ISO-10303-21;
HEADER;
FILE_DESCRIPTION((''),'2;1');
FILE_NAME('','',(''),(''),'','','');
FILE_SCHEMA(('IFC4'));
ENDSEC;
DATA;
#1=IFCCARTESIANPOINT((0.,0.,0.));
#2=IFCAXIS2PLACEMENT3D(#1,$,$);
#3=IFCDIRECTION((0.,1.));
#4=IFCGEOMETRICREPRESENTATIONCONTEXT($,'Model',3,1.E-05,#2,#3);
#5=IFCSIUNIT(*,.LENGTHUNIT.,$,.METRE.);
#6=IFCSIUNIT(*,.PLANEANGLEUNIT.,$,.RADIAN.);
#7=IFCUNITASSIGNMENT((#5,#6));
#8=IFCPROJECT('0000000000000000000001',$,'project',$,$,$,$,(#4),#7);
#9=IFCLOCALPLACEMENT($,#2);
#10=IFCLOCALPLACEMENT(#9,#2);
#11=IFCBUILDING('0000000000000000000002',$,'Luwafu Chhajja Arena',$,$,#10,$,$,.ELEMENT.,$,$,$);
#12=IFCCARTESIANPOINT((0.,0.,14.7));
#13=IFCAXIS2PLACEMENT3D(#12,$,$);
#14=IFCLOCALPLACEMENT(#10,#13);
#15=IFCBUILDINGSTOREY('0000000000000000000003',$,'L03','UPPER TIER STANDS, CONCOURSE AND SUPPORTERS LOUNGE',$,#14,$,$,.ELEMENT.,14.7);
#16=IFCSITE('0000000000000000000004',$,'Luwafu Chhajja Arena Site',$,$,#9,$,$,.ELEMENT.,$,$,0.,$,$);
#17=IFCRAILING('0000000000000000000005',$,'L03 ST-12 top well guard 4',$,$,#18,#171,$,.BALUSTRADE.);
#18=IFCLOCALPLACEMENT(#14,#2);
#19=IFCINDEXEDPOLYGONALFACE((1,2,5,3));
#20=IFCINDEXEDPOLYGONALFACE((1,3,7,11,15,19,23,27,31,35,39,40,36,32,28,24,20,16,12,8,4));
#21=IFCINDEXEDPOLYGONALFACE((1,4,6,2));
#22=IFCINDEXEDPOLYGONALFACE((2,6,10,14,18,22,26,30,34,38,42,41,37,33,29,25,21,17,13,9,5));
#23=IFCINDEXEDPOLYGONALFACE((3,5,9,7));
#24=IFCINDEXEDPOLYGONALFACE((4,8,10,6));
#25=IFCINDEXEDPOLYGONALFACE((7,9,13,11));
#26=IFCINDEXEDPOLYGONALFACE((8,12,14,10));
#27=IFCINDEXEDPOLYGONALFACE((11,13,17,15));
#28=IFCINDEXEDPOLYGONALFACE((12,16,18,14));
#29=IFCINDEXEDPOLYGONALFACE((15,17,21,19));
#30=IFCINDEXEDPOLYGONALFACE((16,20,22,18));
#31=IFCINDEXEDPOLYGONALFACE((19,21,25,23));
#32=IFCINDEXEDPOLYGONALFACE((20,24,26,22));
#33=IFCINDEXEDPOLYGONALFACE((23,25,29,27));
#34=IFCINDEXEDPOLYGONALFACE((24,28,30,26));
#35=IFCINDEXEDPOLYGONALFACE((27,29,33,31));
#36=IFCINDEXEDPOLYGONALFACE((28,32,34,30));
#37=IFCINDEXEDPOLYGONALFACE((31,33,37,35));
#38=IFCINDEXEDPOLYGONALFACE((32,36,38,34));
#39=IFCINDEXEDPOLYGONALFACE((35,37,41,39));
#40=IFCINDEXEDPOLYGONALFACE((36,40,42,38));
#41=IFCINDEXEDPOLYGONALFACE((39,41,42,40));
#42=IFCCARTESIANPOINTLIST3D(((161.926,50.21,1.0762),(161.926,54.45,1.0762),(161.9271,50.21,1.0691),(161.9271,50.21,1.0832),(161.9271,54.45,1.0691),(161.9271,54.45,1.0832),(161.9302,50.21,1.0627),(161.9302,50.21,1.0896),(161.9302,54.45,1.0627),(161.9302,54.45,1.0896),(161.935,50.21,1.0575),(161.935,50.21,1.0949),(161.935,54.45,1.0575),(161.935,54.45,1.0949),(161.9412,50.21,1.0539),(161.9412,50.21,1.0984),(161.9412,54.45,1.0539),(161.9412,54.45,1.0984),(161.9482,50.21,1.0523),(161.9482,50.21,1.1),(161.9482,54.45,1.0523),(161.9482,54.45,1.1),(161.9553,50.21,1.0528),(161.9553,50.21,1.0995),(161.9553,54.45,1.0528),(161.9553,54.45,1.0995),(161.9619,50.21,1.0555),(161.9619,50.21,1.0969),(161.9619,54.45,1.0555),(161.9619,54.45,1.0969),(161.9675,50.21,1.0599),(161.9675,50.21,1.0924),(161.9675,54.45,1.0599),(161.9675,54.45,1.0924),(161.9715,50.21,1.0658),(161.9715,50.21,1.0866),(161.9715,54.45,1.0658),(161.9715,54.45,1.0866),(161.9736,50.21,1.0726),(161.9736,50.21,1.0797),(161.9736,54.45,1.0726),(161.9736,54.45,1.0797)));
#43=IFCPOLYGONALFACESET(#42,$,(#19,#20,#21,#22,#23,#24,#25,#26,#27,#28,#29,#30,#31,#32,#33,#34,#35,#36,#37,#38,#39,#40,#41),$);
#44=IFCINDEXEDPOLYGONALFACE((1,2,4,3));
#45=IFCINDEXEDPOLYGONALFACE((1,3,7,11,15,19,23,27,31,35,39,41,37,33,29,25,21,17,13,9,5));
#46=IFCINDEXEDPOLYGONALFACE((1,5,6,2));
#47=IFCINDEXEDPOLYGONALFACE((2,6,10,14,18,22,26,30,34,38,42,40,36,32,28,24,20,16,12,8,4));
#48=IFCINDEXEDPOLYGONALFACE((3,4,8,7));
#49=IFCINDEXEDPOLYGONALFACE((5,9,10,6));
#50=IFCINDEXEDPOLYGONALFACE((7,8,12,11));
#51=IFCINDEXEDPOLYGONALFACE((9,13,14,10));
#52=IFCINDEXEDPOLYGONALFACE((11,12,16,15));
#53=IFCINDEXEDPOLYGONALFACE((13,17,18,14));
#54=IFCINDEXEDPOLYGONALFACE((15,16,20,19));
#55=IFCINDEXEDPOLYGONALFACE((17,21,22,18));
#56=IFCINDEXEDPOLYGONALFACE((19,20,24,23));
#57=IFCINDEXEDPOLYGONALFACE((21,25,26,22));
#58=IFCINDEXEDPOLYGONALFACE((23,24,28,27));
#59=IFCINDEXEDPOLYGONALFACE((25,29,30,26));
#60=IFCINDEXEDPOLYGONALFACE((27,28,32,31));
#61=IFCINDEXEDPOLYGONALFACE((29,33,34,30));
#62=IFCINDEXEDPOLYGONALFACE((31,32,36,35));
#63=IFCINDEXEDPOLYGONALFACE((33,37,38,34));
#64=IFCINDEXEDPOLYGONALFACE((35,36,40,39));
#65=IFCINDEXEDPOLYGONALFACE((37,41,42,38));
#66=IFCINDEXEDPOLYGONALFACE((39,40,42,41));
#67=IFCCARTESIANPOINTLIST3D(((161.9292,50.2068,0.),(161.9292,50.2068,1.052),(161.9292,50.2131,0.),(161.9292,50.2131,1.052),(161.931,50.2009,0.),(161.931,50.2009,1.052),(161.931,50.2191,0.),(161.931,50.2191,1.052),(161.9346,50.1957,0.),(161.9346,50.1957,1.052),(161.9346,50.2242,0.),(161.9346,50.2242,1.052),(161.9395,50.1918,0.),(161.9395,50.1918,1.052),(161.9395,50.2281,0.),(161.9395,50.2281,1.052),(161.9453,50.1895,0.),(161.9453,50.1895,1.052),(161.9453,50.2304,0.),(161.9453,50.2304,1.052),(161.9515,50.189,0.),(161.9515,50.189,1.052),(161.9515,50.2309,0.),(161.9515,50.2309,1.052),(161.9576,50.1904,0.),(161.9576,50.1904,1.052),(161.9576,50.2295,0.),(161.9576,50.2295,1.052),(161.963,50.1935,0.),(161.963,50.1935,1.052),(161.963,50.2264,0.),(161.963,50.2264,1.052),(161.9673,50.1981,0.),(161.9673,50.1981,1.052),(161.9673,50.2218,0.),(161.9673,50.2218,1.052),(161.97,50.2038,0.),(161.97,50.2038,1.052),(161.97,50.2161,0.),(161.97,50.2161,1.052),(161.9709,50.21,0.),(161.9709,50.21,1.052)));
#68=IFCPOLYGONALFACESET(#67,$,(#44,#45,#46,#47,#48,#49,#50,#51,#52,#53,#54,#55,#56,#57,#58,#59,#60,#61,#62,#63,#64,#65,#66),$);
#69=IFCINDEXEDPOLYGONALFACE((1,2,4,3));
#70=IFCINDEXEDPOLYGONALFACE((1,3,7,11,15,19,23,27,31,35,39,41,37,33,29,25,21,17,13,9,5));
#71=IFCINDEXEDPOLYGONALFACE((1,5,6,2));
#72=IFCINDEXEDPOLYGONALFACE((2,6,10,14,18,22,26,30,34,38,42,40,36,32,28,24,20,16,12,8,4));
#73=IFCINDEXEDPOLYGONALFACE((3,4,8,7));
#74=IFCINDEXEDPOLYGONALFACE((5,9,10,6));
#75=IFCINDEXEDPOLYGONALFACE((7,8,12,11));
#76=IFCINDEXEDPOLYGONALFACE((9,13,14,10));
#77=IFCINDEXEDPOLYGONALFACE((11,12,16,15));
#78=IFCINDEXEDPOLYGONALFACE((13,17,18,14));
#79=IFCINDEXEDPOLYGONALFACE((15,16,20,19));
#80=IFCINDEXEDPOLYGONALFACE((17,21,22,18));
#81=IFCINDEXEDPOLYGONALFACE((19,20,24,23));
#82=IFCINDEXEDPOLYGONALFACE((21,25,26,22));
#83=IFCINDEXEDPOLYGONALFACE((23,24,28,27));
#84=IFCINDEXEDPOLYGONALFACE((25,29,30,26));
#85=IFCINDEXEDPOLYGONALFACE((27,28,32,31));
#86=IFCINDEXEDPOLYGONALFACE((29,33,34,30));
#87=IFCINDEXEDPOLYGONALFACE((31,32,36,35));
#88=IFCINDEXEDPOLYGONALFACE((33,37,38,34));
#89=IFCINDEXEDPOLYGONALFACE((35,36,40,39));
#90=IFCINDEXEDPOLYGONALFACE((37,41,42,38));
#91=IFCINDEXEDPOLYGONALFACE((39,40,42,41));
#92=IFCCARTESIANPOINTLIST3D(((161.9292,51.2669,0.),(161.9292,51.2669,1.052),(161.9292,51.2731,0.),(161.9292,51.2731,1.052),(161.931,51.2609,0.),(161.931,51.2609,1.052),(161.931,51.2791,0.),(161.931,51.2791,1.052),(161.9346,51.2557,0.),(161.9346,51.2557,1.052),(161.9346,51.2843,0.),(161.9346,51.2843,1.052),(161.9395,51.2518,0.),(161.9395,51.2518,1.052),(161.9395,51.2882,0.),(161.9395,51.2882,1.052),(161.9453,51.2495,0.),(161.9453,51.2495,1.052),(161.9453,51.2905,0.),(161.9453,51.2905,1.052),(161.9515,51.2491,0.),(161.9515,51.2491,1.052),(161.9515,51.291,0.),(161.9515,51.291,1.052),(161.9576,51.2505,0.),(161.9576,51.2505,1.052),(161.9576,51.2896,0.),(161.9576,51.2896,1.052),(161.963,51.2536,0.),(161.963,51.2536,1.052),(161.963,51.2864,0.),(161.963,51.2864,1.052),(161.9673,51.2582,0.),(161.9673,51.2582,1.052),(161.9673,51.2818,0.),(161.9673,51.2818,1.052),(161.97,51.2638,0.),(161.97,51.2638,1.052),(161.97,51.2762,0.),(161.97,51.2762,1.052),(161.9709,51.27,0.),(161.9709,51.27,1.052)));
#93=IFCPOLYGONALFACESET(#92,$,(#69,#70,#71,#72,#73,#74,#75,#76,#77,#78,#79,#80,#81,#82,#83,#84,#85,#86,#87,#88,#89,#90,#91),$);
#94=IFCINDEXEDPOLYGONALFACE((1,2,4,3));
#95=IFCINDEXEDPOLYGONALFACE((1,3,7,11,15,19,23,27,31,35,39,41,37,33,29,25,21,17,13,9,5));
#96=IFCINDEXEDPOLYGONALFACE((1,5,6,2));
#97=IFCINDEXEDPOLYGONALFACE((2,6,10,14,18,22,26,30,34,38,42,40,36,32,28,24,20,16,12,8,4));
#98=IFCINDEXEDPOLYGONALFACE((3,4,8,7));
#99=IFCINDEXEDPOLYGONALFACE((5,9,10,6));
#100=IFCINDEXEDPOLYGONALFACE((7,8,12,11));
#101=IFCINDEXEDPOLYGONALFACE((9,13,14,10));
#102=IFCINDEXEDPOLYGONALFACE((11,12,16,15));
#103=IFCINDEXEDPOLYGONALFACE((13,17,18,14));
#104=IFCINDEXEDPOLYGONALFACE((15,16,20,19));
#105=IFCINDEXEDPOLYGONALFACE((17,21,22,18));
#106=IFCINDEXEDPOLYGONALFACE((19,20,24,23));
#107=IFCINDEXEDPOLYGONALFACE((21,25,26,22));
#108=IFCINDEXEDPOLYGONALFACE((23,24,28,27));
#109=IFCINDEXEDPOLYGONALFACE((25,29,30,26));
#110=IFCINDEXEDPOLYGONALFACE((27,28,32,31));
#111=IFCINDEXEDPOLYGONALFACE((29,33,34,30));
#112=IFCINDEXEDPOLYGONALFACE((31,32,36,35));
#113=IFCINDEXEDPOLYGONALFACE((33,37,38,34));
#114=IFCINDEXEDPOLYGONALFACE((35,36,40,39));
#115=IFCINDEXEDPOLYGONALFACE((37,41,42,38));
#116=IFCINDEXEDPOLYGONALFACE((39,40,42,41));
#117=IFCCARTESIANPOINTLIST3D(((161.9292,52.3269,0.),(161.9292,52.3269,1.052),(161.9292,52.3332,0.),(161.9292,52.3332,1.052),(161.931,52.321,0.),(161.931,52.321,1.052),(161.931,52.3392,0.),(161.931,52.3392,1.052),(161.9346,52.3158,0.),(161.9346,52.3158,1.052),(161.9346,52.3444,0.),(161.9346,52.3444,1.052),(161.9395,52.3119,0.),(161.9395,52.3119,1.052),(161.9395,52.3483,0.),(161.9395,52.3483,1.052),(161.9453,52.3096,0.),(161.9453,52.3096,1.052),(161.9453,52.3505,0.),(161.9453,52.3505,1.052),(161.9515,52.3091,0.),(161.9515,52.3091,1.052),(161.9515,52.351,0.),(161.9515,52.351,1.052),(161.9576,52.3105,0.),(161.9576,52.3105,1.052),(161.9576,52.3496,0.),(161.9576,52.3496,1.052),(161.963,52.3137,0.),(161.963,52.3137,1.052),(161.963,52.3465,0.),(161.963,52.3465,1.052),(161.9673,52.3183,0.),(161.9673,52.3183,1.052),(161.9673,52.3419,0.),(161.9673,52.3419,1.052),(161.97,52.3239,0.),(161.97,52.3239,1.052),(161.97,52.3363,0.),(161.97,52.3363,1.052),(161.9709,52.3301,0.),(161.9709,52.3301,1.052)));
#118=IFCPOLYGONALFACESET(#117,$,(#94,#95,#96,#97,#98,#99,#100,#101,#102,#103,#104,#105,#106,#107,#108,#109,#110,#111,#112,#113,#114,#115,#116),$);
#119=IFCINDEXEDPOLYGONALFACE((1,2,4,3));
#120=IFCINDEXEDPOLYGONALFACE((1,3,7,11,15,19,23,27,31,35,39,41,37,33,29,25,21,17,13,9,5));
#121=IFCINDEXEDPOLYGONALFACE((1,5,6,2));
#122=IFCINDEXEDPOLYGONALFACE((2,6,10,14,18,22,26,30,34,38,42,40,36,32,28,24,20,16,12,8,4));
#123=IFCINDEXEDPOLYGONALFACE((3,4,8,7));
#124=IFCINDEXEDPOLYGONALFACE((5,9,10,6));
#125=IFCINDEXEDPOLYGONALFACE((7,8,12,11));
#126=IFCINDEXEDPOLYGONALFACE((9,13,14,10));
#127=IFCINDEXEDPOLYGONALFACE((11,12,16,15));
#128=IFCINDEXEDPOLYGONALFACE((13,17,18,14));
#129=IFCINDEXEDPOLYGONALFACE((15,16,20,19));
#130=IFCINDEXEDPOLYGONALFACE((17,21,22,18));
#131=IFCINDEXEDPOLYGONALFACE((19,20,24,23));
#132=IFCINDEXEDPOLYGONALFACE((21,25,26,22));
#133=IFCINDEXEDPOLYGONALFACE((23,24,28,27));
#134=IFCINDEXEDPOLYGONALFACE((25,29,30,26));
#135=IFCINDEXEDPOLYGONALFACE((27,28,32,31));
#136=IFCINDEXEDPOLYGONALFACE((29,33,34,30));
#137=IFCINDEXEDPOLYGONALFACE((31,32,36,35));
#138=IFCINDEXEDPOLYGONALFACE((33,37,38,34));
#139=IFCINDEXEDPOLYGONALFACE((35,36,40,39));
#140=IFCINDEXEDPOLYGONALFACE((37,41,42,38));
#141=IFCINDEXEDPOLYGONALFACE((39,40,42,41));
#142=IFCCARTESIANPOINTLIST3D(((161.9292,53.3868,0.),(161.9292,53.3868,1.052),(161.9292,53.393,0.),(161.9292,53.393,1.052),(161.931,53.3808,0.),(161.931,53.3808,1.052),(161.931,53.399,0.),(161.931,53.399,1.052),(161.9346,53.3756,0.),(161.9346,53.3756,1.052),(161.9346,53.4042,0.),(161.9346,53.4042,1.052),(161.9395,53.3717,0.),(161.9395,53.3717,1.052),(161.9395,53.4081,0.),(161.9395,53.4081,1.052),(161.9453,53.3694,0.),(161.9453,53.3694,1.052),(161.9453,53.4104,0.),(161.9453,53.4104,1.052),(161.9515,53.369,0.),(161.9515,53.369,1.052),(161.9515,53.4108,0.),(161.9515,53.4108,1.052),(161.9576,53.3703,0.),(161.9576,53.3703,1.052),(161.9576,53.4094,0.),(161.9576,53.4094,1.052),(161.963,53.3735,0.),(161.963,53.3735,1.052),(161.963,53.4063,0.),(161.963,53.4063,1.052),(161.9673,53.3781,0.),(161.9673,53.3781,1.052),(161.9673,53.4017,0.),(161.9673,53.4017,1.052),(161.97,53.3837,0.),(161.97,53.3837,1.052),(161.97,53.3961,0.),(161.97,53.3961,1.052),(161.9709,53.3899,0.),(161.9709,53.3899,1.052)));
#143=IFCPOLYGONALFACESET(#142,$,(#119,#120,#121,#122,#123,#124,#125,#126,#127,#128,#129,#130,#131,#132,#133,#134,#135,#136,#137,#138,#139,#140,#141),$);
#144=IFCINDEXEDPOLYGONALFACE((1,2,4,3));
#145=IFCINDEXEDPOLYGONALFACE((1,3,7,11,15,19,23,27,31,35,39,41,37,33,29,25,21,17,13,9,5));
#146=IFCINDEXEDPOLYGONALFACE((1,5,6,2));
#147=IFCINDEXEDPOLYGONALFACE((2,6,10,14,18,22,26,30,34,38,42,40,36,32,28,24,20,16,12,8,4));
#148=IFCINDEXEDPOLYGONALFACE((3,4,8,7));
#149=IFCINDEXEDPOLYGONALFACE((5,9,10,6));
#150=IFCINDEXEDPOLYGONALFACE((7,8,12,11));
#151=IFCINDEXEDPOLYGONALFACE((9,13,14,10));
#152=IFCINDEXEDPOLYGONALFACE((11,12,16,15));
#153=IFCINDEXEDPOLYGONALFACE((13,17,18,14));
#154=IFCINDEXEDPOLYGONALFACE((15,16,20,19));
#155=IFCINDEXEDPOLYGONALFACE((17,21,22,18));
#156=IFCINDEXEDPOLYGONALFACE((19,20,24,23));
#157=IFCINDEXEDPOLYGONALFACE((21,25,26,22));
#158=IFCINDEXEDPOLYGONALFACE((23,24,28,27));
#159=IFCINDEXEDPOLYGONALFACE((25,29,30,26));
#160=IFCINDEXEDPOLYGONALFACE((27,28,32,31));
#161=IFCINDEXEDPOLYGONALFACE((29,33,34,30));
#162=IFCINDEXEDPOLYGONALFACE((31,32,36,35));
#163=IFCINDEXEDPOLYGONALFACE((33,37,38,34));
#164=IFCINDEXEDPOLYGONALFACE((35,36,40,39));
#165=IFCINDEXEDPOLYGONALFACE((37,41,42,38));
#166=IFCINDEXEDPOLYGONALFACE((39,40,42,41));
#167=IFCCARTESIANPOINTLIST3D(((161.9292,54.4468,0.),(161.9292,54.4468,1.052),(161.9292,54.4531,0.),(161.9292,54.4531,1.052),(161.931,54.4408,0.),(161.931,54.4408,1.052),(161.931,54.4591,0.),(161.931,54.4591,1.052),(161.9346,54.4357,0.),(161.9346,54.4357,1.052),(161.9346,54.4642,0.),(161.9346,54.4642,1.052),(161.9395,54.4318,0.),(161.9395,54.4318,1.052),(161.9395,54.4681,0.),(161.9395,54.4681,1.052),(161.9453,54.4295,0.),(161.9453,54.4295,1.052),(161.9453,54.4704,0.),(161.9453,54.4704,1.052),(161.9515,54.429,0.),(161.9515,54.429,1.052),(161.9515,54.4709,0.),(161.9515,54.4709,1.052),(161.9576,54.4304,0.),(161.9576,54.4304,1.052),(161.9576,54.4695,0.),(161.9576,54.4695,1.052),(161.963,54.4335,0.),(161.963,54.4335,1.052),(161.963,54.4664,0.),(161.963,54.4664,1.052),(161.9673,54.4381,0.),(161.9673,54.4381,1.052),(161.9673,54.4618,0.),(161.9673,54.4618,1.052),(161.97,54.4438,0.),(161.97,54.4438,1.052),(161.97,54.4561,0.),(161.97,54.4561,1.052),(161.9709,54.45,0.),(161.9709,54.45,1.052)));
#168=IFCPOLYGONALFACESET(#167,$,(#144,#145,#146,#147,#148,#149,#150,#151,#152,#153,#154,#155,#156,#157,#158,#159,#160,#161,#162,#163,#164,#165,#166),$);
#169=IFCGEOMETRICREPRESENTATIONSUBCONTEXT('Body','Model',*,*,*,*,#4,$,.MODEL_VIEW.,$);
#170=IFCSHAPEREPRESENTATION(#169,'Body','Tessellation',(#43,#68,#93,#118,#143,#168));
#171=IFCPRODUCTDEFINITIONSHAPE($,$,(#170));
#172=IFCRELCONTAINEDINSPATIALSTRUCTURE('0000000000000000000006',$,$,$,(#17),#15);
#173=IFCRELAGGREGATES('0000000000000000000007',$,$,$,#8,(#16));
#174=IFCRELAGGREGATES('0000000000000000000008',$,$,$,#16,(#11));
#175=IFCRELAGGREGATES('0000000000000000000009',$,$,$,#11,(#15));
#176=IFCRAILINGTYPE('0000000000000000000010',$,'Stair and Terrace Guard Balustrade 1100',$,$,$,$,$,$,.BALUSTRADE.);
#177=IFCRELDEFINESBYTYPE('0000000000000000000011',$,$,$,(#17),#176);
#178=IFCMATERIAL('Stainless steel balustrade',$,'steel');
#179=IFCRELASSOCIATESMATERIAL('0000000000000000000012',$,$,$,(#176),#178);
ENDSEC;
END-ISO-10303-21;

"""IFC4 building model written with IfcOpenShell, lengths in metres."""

from ifc_helpers import new_model, si_unit, direction, frame, origin, origin_2d, place, context, subcontext, project, spatial, circle, extrude, material, type_object, element, save


model = new_model("IFC4")

# Units and contexts
model_context = context("Model", 3, precision=1e-05, world=origin(), true_north=direction((0.0, 1.0)))
body_context = subcontext(model_context, "Body", "Model", "MODEL_VIEW")
ifc_project = project(units=[si_unit("LENGTHUNIT", "METRE"), si_unit("PLANEANGLEUNIT", "RADIAN")], contexts=[model_context])

# Site, building, storey
site_placement = place(None, origin())
site = spatial("IfcSite", under=ifc_project, at=site_placement, Name="Luwafu Chhajja Arena Site", CompositionType="ELEMENT", RefElevation=0.0)
building_placement = place(site_placement, origin())
building = spatial("IfcBuilding", under=site, at=building_placement, Name="Luwafu Chhajja Arena", CompositionType="ELEMENT")
storey_placement = place(building_placement, frame((0.0, 0.0, 14.7)))
storey = spatial("IfcBuildingStorey", under=building, at=storey_placement, Name="L03", Description="UPPER TIER STANDS, CONCOURSE AND SUPPORTERS LOUNGE", CompositionType="ELEMENT", Elevation=14.7)

# Railing
ifc_material_1 = material(Name="Stainless steel balustrade", Category="steel")
railing_type = type_object("IfcRailingType", Name="Stair and Terrace Guard Balustrade 1100", PredefinedType="BALUSTRADE", material=ifc_material_1)
railing_1_placement = place(storey_placement, frame((161.95, 50.21, 0.0)))
element("IfcRailing", 1, at=railing_1_placement, inside=storey, type_object=railing_type, Name="L03 ST-12 top well guard 4", PredefinedType="BALUSTRADE", context=body_context, shape_type="SweptSolid", body=[
    extrude(circle(Radius=0.0239, at=origin_2d()), frame((0.0, 0.0, 1.0762), z_axis=(0.0, 1.0, 0.0), x_axis=(-1.0, 0.0, 0.0)), (0.0, 0.0, 1.0), 4.24),
    extrude(circle(Radius=0.021, at=origin_2d()), origin(), (0.0, 0.0, 1.0), 1.052),
    extrude(circle(Radius=0.021, at=origin_2d()), frame((0.0, 1.0601, 0.0)), (0.0, 0.0, 1.0), 1.052),
    extrude(circle(Radius=0.021, at=origin_2d()), frame((0.0, 2.1201, 0.0)), (0.0, 0.0, 1.0), 1.052),
    extrude(circle(Radius=0.021, at=origin_2d()), frame((0.0, 3.1799, 0.0)), (0.0, 0.0, 1.0), 1.052),
    extrude(circle(Radius=0.021, at=origin_2d()), frame((0.0, 4.24, 0.0)), (0.0, 0.0, 1.0), 1.052),
])

save(model, "model.ifc")
